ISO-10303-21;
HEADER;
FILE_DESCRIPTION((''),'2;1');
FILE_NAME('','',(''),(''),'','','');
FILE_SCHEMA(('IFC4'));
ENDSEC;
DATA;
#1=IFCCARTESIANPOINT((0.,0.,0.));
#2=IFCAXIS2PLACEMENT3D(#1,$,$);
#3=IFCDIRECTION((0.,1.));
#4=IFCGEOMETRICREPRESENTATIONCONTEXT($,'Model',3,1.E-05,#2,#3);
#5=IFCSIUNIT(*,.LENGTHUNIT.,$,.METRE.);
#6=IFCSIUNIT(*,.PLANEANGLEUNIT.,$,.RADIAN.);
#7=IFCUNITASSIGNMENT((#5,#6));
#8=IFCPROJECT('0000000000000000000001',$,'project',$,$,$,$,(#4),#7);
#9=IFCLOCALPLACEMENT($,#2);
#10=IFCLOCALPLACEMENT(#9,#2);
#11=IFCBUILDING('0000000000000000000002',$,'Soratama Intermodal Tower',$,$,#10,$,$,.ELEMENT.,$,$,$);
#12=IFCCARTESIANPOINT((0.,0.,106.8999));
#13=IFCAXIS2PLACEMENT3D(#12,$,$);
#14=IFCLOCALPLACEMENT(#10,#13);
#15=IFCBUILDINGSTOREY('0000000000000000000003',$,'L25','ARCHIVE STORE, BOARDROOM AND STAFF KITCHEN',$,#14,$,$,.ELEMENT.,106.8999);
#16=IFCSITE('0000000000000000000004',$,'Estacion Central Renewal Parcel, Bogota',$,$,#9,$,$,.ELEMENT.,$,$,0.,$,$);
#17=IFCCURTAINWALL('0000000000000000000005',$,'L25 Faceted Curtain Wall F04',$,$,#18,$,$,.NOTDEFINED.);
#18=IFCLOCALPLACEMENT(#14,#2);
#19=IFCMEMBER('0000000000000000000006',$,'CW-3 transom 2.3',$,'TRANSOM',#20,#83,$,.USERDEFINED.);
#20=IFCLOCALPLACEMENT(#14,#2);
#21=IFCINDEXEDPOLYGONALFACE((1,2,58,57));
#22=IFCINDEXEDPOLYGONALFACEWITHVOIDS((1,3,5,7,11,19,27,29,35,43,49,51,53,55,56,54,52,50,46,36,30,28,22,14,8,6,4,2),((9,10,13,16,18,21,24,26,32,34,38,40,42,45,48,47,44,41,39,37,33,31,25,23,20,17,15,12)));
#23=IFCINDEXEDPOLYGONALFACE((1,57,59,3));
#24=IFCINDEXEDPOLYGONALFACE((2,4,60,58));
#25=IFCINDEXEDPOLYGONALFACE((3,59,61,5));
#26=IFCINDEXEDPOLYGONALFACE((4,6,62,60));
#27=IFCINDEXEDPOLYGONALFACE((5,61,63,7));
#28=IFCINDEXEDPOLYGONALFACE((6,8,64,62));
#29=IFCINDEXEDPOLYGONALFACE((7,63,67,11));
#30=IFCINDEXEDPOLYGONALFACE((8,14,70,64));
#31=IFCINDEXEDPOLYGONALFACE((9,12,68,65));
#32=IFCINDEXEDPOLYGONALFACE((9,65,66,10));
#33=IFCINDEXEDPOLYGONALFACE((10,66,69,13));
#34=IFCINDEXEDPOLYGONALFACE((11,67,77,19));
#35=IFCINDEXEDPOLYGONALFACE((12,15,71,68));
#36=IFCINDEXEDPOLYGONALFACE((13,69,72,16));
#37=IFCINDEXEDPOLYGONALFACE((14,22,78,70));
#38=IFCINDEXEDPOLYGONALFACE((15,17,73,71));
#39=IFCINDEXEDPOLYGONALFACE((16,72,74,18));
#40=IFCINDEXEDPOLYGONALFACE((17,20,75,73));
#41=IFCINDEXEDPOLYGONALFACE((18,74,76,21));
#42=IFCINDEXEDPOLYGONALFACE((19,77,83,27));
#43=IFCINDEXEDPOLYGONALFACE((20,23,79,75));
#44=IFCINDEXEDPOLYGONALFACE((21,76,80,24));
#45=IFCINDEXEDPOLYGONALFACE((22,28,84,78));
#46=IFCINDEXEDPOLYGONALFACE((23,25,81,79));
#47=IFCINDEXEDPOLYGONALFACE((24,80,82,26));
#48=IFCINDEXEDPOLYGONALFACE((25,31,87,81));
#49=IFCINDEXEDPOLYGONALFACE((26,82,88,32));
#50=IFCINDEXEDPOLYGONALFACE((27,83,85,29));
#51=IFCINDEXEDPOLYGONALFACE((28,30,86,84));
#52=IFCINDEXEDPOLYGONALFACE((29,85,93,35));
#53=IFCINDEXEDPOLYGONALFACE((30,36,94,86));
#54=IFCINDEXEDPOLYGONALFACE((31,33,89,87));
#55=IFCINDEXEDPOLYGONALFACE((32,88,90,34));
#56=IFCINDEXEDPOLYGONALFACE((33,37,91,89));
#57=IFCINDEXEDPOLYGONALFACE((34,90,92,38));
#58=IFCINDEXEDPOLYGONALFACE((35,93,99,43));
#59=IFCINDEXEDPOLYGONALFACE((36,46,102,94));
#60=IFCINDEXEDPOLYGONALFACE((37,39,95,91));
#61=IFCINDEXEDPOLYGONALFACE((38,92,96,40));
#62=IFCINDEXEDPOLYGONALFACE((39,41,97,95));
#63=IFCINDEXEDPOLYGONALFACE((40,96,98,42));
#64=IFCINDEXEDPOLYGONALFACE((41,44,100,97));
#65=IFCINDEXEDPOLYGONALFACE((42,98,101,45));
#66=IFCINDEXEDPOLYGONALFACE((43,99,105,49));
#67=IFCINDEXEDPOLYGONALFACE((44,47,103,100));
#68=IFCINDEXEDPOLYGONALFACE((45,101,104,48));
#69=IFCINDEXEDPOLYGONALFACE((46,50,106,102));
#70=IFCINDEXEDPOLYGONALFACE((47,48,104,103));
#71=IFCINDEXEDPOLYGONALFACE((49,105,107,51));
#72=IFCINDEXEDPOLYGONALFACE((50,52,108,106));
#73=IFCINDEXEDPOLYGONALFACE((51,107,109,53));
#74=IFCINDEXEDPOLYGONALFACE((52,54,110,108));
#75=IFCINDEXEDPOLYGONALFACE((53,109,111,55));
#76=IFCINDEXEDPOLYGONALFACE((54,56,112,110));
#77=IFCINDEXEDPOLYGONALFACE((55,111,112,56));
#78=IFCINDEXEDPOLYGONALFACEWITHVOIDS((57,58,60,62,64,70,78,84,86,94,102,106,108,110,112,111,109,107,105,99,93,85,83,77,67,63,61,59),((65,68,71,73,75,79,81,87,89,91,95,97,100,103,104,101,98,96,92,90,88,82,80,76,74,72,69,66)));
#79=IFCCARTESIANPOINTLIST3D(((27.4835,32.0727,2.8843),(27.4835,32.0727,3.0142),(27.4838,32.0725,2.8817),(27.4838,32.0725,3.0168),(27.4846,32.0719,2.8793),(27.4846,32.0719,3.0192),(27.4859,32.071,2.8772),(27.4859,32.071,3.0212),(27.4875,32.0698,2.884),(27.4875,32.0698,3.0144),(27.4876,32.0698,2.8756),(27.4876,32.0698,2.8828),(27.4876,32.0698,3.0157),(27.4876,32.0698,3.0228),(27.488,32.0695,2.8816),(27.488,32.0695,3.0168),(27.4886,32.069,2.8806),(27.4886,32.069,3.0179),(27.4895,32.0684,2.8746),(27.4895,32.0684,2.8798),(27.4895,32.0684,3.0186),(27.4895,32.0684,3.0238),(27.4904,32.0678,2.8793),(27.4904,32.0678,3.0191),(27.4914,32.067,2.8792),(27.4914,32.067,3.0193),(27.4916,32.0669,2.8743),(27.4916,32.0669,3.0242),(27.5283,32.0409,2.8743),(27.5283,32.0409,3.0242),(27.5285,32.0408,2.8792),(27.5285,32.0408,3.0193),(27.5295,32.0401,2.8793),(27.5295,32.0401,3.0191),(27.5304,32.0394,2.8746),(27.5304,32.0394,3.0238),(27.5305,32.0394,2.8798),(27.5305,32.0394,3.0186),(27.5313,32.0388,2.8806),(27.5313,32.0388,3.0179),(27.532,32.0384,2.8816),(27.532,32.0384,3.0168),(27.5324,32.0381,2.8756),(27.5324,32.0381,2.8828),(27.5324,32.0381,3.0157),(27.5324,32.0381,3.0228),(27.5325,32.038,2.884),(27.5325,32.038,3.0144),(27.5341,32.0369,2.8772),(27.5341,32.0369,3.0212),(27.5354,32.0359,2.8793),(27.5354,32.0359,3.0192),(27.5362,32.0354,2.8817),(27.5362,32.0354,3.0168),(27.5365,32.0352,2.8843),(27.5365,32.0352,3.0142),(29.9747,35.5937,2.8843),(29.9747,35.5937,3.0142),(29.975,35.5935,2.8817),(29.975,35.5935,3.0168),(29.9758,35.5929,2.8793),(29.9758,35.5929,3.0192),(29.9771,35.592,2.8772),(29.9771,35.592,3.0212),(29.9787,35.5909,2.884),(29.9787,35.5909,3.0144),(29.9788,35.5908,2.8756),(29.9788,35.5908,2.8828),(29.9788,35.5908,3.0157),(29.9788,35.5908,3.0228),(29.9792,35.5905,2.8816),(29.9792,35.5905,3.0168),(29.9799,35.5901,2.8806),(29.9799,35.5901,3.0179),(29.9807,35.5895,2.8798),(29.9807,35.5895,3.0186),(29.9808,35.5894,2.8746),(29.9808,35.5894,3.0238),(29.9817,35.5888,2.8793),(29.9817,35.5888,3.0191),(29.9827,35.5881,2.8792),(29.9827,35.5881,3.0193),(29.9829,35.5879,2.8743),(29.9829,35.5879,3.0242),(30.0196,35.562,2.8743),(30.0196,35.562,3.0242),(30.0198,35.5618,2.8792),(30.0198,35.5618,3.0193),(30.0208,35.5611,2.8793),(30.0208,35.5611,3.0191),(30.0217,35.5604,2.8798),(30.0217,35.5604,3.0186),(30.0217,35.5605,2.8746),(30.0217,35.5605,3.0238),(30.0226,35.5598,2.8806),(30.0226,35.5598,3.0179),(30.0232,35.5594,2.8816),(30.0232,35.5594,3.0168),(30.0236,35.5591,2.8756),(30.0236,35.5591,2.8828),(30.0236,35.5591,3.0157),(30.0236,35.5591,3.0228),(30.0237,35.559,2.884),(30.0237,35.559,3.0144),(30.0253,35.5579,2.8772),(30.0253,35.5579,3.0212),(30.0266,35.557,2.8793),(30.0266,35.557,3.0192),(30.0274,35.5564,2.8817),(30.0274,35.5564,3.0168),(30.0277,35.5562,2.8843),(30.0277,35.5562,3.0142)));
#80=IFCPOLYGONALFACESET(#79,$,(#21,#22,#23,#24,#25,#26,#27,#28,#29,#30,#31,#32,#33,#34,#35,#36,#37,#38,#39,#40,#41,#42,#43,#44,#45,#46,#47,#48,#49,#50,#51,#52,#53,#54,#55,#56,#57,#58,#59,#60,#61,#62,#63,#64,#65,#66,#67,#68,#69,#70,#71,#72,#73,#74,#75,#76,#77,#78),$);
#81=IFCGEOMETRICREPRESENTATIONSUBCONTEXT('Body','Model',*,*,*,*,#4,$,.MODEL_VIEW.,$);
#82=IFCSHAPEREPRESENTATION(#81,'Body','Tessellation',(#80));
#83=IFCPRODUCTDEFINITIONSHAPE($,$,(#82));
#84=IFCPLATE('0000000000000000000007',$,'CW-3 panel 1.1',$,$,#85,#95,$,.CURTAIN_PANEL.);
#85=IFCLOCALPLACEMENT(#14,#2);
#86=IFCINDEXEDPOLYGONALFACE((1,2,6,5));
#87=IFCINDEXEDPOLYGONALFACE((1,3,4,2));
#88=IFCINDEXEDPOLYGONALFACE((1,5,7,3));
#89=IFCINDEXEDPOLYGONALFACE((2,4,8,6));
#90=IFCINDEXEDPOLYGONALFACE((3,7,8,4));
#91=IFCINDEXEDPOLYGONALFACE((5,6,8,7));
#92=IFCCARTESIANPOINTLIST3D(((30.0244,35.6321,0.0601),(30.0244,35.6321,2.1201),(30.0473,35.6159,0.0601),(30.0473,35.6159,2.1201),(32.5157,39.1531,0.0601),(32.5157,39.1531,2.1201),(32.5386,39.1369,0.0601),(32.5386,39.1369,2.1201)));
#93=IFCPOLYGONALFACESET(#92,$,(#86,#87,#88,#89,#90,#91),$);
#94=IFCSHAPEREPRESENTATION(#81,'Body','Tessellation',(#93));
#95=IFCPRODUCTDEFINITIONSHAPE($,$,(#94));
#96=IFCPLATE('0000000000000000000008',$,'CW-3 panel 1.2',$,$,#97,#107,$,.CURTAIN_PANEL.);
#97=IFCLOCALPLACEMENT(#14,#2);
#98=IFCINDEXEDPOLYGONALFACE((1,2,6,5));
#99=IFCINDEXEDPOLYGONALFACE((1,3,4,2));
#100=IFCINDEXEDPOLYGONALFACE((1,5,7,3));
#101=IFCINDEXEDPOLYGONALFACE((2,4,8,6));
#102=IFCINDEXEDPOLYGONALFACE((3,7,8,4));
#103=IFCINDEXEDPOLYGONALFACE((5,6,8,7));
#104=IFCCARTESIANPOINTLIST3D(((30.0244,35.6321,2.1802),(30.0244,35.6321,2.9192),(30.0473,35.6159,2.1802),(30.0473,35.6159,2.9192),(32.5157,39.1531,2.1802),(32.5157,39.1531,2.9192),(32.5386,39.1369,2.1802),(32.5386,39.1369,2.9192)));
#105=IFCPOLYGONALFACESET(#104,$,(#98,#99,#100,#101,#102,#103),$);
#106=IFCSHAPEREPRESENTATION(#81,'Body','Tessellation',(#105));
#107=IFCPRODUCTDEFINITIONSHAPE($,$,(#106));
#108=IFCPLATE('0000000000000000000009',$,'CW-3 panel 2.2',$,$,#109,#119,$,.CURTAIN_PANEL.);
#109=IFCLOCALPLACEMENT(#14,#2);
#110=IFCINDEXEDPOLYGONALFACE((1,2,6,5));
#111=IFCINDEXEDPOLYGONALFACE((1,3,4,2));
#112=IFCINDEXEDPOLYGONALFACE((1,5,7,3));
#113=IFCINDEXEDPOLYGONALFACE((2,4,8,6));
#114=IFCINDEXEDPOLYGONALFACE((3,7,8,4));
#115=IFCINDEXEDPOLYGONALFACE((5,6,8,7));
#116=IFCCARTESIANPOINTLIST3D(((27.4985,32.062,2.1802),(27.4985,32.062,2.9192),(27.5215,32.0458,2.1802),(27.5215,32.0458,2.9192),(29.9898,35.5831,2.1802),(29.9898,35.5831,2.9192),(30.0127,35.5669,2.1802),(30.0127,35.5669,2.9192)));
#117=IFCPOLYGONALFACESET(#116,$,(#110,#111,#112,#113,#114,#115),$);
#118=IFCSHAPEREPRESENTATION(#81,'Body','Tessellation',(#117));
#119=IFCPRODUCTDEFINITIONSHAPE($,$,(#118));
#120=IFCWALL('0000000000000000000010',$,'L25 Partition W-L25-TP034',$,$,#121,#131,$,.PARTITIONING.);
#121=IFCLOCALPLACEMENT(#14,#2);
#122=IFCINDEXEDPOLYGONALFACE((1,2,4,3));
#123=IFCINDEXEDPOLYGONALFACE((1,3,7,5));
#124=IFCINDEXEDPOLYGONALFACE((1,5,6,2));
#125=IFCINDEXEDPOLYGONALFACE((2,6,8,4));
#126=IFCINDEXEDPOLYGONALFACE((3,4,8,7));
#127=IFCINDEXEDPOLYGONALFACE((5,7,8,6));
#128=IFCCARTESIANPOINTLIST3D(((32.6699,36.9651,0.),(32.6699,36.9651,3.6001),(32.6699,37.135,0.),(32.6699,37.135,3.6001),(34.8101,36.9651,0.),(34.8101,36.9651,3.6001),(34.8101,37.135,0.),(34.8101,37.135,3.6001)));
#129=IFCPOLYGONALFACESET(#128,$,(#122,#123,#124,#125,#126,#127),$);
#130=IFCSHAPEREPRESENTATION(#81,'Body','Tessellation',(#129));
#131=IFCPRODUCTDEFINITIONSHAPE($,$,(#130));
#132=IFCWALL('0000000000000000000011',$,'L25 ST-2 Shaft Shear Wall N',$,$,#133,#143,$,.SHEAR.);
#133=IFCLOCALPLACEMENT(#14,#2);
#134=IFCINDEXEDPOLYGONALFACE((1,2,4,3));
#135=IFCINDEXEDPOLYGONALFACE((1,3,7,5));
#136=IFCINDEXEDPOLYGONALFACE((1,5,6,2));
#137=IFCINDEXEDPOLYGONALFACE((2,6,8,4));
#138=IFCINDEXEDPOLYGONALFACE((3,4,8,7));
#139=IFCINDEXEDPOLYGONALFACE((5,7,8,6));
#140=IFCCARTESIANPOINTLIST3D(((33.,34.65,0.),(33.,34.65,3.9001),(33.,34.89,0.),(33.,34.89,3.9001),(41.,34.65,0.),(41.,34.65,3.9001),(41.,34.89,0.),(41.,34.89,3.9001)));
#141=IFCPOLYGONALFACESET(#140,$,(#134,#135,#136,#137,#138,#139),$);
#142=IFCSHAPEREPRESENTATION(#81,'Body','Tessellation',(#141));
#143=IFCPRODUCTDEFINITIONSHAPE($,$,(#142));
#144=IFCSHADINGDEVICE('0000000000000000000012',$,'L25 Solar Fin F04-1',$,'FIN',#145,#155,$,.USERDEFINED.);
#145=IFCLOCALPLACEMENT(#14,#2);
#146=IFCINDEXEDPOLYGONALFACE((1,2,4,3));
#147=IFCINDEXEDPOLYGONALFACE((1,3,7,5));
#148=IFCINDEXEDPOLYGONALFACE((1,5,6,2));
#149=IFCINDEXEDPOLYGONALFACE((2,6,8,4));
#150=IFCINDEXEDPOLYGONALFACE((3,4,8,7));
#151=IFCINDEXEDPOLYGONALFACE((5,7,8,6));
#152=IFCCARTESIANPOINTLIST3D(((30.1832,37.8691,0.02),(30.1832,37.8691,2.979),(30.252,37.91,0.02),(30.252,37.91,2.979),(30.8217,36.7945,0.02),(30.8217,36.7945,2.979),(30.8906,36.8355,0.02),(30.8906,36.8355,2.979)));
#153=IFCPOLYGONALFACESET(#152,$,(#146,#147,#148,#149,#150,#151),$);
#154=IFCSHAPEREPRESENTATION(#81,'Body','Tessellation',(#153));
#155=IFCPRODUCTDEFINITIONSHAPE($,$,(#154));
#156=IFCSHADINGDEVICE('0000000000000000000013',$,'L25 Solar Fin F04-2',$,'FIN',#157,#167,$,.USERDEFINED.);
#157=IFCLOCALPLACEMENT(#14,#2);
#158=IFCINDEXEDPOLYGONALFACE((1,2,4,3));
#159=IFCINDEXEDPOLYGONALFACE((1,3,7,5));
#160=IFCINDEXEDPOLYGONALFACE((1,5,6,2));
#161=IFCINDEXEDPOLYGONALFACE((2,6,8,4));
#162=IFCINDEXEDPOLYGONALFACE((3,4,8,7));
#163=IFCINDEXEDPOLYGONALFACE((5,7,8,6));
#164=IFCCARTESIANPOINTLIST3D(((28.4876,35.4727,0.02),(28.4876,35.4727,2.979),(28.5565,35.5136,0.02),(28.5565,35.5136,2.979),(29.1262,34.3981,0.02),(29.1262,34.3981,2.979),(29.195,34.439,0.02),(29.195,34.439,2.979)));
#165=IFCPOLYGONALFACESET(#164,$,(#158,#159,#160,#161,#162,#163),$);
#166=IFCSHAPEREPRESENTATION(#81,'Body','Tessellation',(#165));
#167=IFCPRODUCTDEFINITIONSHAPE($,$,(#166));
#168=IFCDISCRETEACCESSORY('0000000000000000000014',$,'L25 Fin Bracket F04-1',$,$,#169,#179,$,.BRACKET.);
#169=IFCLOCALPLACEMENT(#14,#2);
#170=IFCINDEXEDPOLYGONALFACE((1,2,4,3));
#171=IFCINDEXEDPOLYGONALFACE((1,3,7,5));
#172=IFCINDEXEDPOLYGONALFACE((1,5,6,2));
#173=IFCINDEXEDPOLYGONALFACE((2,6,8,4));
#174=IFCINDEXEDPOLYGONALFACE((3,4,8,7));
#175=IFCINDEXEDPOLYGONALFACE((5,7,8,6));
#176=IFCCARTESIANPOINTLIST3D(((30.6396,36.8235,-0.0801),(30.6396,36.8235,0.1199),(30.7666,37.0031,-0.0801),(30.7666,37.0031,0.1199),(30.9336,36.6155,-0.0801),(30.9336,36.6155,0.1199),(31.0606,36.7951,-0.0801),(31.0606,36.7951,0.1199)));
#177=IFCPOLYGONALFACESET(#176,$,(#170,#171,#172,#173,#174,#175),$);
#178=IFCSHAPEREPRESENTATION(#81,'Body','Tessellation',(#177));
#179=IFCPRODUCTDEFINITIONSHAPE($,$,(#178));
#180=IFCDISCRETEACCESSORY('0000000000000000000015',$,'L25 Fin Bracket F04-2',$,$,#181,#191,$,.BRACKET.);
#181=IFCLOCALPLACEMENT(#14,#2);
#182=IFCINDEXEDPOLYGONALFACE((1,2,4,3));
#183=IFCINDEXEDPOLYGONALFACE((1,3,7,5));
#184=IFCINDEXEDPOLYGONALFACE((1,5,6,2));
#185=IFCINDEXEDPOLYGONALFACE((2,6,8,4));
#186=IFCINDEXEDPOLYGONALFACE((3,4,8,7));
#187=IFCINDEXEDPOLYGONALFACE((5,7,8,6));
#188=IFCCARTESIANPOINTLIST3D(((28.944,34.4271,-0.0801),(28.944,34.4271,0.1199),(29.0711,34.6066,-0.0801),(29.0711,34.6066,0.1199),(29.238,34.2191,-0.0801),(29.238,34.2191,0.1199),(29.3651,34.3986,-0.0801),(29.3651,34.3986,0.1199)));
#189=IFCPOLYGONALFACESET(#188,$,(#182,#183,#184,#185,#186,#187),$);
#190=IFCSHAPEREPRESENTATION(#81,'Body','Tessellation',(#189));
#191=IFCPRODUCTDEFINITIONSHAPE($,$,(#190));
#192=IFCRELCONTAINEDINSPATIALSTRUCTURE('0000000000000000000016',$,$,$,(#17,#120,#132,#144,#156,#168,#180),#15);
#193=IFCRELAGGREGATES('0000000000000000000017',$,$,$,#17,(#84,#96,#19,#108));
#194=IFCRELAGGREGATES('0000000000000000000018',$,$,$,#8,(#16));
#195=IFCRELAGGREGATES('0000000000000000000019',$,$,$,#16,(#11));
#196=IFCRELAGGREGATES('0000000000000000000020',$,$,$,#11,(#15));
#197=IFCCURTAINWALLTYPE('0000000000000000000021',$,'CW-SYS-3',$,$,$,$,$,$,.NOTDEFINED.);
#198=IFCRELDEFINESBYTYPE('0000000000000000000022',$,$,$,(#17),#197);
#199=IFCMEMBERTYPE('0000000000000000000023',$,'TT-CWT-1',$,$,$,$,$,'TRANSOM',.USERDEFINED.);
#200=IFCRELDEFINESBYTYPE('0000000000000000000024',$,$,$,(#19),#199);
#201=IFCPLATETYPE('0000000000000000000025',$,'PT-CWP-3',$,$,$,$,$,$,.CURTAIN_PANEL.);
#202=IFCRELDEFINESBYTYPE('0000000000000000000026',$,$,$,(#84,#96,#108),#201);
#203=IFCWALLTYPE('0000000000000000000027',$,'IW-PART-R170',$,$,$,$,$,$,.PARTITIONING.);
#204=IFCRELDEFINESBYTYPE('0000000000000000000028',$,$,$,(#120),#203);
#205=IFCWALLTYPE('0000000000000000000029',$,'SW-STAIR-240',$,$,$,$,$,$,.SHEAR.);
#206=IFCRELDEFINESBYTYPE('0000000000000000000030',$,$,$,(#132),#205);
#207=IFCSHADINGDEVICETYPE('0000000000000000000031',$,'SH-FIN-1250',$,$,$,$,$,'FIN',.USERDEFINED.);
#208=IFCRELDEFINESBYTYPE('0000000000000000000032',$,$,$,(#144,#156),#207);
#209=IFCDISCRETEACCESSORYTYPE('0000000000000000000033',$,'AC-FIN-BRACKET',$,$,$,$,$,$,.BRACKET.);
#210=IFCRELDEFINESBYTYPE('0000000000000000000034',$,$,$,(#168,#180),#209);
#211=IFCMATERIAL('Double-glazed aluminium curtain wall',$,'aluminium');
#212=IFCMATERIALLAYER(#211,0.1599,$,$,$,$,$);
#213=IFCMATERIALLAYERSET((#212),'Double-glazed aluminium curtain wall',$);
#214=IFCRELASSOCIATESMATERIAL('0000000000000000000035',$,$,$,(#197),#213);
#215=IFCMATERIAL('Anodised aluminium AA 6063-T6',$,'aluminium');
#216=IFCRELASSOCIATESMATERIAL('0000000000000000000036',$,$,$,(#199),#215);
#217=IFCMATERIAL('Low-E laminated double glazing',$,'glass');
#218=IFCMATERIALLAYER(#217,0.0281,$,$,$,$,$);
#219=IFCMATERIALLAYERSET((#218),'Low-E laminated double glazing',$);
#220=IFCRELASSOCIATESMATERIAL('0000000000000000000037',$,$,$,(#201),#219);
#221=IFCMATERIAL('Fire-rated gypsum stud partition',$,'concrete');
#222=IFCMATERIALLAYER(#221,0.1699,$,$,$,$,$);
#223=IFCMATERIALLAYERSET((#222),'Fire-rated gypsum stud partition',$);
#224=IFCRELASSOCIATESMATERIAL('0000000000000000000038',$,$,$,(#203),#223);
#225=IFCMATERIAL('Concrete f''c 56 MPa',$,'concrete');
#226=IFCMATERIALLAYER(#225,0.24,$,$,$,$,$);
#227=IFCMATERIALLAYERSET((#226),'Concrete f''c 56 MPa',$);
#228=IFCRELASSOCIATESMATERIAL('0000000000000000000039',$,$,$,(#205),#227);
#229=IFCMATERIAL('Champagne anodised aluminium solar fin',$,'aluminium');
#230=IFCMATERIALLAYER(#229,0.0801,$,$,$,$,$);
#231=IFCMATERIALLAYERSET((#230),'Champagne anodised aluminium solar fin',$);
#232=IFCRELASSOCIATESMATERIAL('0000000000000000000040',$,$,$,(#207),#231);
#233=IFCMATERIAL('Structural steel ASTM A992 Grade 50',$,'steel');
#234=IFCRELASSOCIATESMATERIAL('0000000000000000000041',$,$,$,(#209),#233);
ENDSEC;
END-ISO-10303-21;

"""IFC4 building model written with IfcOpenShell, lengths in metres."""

from ifc_helpers import new_model, si_unit, direction, frame, frame_2d, origin, origin_2d, place, context, subcontext, project, spatial, rectangle, hollow_rectangle, extrude, material, layer, layer_set, material_profile, profile_set, type_object, element, aggregate, save


model = new_model("IFC4")

# Units and contexts
model_context = context("Model", 3, precision=1e-05, world=origin(), true_north=direction((0.0, 1.0)))
body_context = subcontext(model_context, "Body", "Model", "MODEL_VIEW")
ifc_project = project(units=[si_unit("LENGTHUNIT", "METRE"), si_unit("PLANEANGLEUNIT", "RADIAN")], contexts=[model_context])

# Site, building, storey
site_placement = place(None, origin())
site = spatial("IfcSite", under=ifc_project, at=site_placement, Name="Estacion Central Renewal Parcel, Bogota", CompositionType="ELEMENT", RefElevation=0.0)
building_placement = place(site_placement, origin())
building = spatial("IfcBuilding", under=site, at=building_placement, Name="Soratama Intermodal Tower", CompositionType="ELEMENT")
storey_placement = place(building_placement, frame((0.0, 0.0, 106.8999)))
storey = spatial("IfcBuildingStorey", under=building, at=storey_placement, Name="L25", Description="ARCHIVE STORE, BOARDROOM AND STAFF KITCHEN", CompositionType="ELEMENT", Elevation=106.8999)

# Curtain wall, member, plates
ifc_material_1 = material(Name="Double-glazed aluminium curtain wall", Category="aluminium")
ifc_layer_1 = layer(ifc_material_1, 0.1599)
ifc_layer_set_1 = layer_set([ifc_layer_1], Name="Double-glazed aluminium curtain wall")
curtain_wall_type = type_object("IfcCurtainWallType", Name="CW-SYS-3", PredefinedType="NOTDEFINED", material=ifc_layer_set_1)
curtain_wall_placement = place(storey_placement, origin())
curtain_wall = element("IfcCurtainWall", 1, at=curtain_wall_placement, inside=storey, type_object=curtain_wall_type, Name="L25 Faceted Curtain Wall F04", PredefinedType="NOTDEFINED")
ifc_material_2 = material(Name="Anodised aluminium AA 6063-T6", Category="aluminium")
ifc_material_profile_1 = material_profile(ifc_material_2, hollow_rectangle(XDim=0.0649, YDim=0.1499, WallThickness=0.0049, InnerFilletRadius=0.0049, OuterFilletRadius=0.01, at=origin_2d()), Name="CWT150X65X5")
ifc_profile_set_1 = profile_set([ifc_material_profile_1], Name="Anodised aluminium AA 6063-T6")
member_type_1 = type_object("IfcMemberType", Name="TT-CWT-1", ElementType="TRANSOM", PredefinedType="USERDEFINED", material=ifc_profile_set_1)
member_1_placement = place(storey_placement, frame((30.0012, 35.575, 2.9492), z_axis=(-0.577581, -0.816334, 0.0), x_axis=(0.816334, -0.577581, 0.0)))
member_1 = element("IfcMember", 2, at=member_1_placement, type_object=member_type_1, Name="CW-3 transom 2.3", ObjectType="TRANSOM", PredefinedType="USERDEFINED", context=body_context, shape_type="SweptSolid", body=[
    extrude(hollow_rectangle(XDim=0.0649, YDim=0.1499, WallThickness=0.0049, InnerFilletRadius=0.0049, OuterFilletRadius=0.01, at=origin_2d()), origin(), (0.0, 0.0, 1.0), 4.3132),
])
ifc_material_3 = material(Name="Low-E laminated double glazing", Category="glass")
ifc_layer_2 = layer(ifc_material_3, 0.0281)
ifc_layer_set_2 = layer_set([ifc_layer_2], Name="Low-E laminated double glazing")
plate_type = type_object("IfcPlateType", Name="PT-CWP-3", PredefinedType="CURTAIN_PANEL", material=ifc_layer_set_2)
plate_1_placement = place(storey_placement, frame((31.2815, 37.3845, 0.0601), z_axis=(0.0, 0.0, 1.0), x_axis=(-0.57758, -0.816334, 0.0)))
plate_1 = element("IfcPlate", 3, at=plate_1_placement, type_object=plate_type, Name="CW-3 panel 1.1", PredefinedType="CURTAIN_PANEL", context=body_context, shape_type="SweptSolid", body=[
    extrude(rectangle(XDim=4.3132, YDim=0.0281, at=origin_2d()), origin(), (0.0, 0.0, 1.0), 2.0601),
])
plate_2_placement = place(storey_placement, frame((31.2815, 37.3845, 2.1802), z_axis=(0.0, 0.0, 1.0), x_axis=(-0.57758, -0.816334, 0.0)))
plate_2 = element("IfcPlate", 4, at=plate_2_placement, type_object=plate_type, Name="CW-3 panel 1.2", PredefinedType="CURTAIN_PANEL", context=body_context, shape_type="SweptSolid", body=[
    extrude(rectangle(XDim=4.3132, YDim=0.0281, at=origin_2d()), origin(), (0.0, 0.0, 1.0), 0.739),
])
plate_3_placement = place(storey_placement, frame((28.7556, 33.8145, 2.1802), z_axis=(0.0, 0.0, 1.0), x_axis=(-0.57758, -0.816334, 0.0)))
plate_3 = element("IfcPlate", 5, at=plate_3_placement, type_object=plate_type, Name="CW-3 panel 2.2", PredefinedType="CURTAIN_PANEL", context=body_context, shape_type="SweptSolid", body=[
    extrude(rectangle(XDim=4.3132, YDim=0.0281, at=origin_2d()), origin(), (0.0, 0.0, 1.0), 0.739),
])
aggregate(curtain_wall, [plate_1, plate_2, member_1, plate_3])

# Wall
ifc_material_4 = material(Name="Fire-rated gypsum stud partition", Category="concrete")
ifc_layer_3 = layer(ifc_material_4, 0.1699)
ifc_layer_set_3 = layer_set([ifc_layer_3], Name="Fire-rated gypsum stud partition")
wall_type_1 = type_object("IfcWallType", Name="IW-PART-R170", PredefinedType="PARTITIONING", material=ifc_layer_set_3)
wall_1_placement = place(storey_placement, frame((32.6699, 37.05, 0.0), z_axis=(0.0, 0.0, 1.0), x_axis=(1.0, 0.0, 0.0)))
element("IfcWall", 6, at=wall_1_placement, inside=storey, type_object=wall_type_1, Name="L25 Partition W-L25-TP034", PredefinedType="PARTITIONING", context=body_context, shape_type="SweptSolid", body=[
    extrude(rectangle(XDim=2.1401, YDim=0.1699, at=frame_2d((1.0701, 0.0))), origin(), (0.0, 0.0, 1.0), 3.6001),
])

# Wall
ifc_material_5 = material(Name="Concrete f'c 56 MPa", Category="concrete")
ifc_layer_4 = layer(ifc_material_5, 0.24)
ifc_layer_set_4 = layer_set([ifc_layer_4], Name="Concrete f'c 56 MPa")
wall_type_2 = type_object("IfcWallType", Name="SW-STAIR-240", PredefinedType="SHEAR", material=ifc_layer_set_4)
wall_2_placement = place(storey_placement, frame((33.0, 34.77, 0.0), z_axis=(0.0, 0.0, 1.0), x_axis=(1.0, 0.0, 0.0)))
element("IfcWall", 7, at=wall_2_placement, inside=storey, type_object=wall_type_2, Name="L25 ST-2 Shaft Shear Wall N", PredefinedType="SHEAR", context=body_context, shape_type="SweptSolid", body=[
    extrude(rectangle(XDim=8.0, YDim=0.24, at=frame_2d((4.0, 0.0))), origin(), (0.0, 0.0, 1.0), 3.9001),
])

# Shading devices
ifc_material_6 = material(Name="Champagne anodised aluminium solar fin", Category="aluminium")
ifc_layer_5 = layer(ifc_material_6, 0.0801)
ifc_layer_set_5 = layer_set([ifc_layer_5], Name="Champagne anodised aluminium solar fin")
shading_device_type = type_object("IfcShadingDeviceType", Name="SH-FIN-1250", ElementType="FIN", PredefinedType="USERDEFINED", material=ifc_layer_set_5)
for number, where, z_axis, x_axis, name in (
    (8, (30.5369, 37.3523, 0.02), (0.0, 0.0, 1.0), (-0.510843, 0.859674, 0.0), "L25 Solar Fin F04-1"),
    (9, (28.8413, 34.9558, 0.02), (0.0, 0.0, 1.0), (-0.510843, 0.859674, 0.0), "L25 Solar Fin F04-2"),
):
    element("IfcShadingDevice", number, at=place(storey_placement, frame(where, z_axis=z_axis, x_axis=x_axis)), inside=storey, type_object=shading_device_type, Name=name, ObjectType="FIN", PredefinedType="USERDEFINED", context=body_context, shape_type="SweptSolid", body=[
        extrude(rectangle(XDim=1.25, YDim=0.0801, at=origin_2d()), origin(), (0.0, 0.0, 1.0), 2.959),
    ])

# Discrete accessories
ifc_material_7 = material(Name="Structural steel ASTM A992 Grade 50", Category="steel")
discrete_accessory_type = type_object("IfcDiscreteAccessoryType", Name="AC-FIN-BRACKET", PredefinedType="BRACKET", material=ifc_material_7)
for number, where, z_axis, x_axis, name in (
    (10, (30.8501, 36.8093, -0.0801), (0.0, 0.0, 1.0), (-0.816339, 0.577573, 0.0), "L25 Fin Bracket F04-1"),
    (11, (29.1545, 34.4128, -0.0801), (0.0, 0.0, 1.0), (-0.816339, 0.577573, 0.0), "L25 Fin Bracket F04-2"),
):
    element("IfcDiscreteAccessory", number, at=place(storey_placement, frame(where, z_axis=z_axis, x_axis=x_axis)), inside=storey, type_object=discrete_accessory_type, Name=name, PredefinedType="BRACKET", context=body_context, shape_type="SweptSolid", body=[
        extrude(rectangle(XDim=0.3601, YDim=0.22, at=origin_2d()), origin(), (0.0, 0.0, 1.0), 0.2),
    ])

save(model, "model.ifc")
